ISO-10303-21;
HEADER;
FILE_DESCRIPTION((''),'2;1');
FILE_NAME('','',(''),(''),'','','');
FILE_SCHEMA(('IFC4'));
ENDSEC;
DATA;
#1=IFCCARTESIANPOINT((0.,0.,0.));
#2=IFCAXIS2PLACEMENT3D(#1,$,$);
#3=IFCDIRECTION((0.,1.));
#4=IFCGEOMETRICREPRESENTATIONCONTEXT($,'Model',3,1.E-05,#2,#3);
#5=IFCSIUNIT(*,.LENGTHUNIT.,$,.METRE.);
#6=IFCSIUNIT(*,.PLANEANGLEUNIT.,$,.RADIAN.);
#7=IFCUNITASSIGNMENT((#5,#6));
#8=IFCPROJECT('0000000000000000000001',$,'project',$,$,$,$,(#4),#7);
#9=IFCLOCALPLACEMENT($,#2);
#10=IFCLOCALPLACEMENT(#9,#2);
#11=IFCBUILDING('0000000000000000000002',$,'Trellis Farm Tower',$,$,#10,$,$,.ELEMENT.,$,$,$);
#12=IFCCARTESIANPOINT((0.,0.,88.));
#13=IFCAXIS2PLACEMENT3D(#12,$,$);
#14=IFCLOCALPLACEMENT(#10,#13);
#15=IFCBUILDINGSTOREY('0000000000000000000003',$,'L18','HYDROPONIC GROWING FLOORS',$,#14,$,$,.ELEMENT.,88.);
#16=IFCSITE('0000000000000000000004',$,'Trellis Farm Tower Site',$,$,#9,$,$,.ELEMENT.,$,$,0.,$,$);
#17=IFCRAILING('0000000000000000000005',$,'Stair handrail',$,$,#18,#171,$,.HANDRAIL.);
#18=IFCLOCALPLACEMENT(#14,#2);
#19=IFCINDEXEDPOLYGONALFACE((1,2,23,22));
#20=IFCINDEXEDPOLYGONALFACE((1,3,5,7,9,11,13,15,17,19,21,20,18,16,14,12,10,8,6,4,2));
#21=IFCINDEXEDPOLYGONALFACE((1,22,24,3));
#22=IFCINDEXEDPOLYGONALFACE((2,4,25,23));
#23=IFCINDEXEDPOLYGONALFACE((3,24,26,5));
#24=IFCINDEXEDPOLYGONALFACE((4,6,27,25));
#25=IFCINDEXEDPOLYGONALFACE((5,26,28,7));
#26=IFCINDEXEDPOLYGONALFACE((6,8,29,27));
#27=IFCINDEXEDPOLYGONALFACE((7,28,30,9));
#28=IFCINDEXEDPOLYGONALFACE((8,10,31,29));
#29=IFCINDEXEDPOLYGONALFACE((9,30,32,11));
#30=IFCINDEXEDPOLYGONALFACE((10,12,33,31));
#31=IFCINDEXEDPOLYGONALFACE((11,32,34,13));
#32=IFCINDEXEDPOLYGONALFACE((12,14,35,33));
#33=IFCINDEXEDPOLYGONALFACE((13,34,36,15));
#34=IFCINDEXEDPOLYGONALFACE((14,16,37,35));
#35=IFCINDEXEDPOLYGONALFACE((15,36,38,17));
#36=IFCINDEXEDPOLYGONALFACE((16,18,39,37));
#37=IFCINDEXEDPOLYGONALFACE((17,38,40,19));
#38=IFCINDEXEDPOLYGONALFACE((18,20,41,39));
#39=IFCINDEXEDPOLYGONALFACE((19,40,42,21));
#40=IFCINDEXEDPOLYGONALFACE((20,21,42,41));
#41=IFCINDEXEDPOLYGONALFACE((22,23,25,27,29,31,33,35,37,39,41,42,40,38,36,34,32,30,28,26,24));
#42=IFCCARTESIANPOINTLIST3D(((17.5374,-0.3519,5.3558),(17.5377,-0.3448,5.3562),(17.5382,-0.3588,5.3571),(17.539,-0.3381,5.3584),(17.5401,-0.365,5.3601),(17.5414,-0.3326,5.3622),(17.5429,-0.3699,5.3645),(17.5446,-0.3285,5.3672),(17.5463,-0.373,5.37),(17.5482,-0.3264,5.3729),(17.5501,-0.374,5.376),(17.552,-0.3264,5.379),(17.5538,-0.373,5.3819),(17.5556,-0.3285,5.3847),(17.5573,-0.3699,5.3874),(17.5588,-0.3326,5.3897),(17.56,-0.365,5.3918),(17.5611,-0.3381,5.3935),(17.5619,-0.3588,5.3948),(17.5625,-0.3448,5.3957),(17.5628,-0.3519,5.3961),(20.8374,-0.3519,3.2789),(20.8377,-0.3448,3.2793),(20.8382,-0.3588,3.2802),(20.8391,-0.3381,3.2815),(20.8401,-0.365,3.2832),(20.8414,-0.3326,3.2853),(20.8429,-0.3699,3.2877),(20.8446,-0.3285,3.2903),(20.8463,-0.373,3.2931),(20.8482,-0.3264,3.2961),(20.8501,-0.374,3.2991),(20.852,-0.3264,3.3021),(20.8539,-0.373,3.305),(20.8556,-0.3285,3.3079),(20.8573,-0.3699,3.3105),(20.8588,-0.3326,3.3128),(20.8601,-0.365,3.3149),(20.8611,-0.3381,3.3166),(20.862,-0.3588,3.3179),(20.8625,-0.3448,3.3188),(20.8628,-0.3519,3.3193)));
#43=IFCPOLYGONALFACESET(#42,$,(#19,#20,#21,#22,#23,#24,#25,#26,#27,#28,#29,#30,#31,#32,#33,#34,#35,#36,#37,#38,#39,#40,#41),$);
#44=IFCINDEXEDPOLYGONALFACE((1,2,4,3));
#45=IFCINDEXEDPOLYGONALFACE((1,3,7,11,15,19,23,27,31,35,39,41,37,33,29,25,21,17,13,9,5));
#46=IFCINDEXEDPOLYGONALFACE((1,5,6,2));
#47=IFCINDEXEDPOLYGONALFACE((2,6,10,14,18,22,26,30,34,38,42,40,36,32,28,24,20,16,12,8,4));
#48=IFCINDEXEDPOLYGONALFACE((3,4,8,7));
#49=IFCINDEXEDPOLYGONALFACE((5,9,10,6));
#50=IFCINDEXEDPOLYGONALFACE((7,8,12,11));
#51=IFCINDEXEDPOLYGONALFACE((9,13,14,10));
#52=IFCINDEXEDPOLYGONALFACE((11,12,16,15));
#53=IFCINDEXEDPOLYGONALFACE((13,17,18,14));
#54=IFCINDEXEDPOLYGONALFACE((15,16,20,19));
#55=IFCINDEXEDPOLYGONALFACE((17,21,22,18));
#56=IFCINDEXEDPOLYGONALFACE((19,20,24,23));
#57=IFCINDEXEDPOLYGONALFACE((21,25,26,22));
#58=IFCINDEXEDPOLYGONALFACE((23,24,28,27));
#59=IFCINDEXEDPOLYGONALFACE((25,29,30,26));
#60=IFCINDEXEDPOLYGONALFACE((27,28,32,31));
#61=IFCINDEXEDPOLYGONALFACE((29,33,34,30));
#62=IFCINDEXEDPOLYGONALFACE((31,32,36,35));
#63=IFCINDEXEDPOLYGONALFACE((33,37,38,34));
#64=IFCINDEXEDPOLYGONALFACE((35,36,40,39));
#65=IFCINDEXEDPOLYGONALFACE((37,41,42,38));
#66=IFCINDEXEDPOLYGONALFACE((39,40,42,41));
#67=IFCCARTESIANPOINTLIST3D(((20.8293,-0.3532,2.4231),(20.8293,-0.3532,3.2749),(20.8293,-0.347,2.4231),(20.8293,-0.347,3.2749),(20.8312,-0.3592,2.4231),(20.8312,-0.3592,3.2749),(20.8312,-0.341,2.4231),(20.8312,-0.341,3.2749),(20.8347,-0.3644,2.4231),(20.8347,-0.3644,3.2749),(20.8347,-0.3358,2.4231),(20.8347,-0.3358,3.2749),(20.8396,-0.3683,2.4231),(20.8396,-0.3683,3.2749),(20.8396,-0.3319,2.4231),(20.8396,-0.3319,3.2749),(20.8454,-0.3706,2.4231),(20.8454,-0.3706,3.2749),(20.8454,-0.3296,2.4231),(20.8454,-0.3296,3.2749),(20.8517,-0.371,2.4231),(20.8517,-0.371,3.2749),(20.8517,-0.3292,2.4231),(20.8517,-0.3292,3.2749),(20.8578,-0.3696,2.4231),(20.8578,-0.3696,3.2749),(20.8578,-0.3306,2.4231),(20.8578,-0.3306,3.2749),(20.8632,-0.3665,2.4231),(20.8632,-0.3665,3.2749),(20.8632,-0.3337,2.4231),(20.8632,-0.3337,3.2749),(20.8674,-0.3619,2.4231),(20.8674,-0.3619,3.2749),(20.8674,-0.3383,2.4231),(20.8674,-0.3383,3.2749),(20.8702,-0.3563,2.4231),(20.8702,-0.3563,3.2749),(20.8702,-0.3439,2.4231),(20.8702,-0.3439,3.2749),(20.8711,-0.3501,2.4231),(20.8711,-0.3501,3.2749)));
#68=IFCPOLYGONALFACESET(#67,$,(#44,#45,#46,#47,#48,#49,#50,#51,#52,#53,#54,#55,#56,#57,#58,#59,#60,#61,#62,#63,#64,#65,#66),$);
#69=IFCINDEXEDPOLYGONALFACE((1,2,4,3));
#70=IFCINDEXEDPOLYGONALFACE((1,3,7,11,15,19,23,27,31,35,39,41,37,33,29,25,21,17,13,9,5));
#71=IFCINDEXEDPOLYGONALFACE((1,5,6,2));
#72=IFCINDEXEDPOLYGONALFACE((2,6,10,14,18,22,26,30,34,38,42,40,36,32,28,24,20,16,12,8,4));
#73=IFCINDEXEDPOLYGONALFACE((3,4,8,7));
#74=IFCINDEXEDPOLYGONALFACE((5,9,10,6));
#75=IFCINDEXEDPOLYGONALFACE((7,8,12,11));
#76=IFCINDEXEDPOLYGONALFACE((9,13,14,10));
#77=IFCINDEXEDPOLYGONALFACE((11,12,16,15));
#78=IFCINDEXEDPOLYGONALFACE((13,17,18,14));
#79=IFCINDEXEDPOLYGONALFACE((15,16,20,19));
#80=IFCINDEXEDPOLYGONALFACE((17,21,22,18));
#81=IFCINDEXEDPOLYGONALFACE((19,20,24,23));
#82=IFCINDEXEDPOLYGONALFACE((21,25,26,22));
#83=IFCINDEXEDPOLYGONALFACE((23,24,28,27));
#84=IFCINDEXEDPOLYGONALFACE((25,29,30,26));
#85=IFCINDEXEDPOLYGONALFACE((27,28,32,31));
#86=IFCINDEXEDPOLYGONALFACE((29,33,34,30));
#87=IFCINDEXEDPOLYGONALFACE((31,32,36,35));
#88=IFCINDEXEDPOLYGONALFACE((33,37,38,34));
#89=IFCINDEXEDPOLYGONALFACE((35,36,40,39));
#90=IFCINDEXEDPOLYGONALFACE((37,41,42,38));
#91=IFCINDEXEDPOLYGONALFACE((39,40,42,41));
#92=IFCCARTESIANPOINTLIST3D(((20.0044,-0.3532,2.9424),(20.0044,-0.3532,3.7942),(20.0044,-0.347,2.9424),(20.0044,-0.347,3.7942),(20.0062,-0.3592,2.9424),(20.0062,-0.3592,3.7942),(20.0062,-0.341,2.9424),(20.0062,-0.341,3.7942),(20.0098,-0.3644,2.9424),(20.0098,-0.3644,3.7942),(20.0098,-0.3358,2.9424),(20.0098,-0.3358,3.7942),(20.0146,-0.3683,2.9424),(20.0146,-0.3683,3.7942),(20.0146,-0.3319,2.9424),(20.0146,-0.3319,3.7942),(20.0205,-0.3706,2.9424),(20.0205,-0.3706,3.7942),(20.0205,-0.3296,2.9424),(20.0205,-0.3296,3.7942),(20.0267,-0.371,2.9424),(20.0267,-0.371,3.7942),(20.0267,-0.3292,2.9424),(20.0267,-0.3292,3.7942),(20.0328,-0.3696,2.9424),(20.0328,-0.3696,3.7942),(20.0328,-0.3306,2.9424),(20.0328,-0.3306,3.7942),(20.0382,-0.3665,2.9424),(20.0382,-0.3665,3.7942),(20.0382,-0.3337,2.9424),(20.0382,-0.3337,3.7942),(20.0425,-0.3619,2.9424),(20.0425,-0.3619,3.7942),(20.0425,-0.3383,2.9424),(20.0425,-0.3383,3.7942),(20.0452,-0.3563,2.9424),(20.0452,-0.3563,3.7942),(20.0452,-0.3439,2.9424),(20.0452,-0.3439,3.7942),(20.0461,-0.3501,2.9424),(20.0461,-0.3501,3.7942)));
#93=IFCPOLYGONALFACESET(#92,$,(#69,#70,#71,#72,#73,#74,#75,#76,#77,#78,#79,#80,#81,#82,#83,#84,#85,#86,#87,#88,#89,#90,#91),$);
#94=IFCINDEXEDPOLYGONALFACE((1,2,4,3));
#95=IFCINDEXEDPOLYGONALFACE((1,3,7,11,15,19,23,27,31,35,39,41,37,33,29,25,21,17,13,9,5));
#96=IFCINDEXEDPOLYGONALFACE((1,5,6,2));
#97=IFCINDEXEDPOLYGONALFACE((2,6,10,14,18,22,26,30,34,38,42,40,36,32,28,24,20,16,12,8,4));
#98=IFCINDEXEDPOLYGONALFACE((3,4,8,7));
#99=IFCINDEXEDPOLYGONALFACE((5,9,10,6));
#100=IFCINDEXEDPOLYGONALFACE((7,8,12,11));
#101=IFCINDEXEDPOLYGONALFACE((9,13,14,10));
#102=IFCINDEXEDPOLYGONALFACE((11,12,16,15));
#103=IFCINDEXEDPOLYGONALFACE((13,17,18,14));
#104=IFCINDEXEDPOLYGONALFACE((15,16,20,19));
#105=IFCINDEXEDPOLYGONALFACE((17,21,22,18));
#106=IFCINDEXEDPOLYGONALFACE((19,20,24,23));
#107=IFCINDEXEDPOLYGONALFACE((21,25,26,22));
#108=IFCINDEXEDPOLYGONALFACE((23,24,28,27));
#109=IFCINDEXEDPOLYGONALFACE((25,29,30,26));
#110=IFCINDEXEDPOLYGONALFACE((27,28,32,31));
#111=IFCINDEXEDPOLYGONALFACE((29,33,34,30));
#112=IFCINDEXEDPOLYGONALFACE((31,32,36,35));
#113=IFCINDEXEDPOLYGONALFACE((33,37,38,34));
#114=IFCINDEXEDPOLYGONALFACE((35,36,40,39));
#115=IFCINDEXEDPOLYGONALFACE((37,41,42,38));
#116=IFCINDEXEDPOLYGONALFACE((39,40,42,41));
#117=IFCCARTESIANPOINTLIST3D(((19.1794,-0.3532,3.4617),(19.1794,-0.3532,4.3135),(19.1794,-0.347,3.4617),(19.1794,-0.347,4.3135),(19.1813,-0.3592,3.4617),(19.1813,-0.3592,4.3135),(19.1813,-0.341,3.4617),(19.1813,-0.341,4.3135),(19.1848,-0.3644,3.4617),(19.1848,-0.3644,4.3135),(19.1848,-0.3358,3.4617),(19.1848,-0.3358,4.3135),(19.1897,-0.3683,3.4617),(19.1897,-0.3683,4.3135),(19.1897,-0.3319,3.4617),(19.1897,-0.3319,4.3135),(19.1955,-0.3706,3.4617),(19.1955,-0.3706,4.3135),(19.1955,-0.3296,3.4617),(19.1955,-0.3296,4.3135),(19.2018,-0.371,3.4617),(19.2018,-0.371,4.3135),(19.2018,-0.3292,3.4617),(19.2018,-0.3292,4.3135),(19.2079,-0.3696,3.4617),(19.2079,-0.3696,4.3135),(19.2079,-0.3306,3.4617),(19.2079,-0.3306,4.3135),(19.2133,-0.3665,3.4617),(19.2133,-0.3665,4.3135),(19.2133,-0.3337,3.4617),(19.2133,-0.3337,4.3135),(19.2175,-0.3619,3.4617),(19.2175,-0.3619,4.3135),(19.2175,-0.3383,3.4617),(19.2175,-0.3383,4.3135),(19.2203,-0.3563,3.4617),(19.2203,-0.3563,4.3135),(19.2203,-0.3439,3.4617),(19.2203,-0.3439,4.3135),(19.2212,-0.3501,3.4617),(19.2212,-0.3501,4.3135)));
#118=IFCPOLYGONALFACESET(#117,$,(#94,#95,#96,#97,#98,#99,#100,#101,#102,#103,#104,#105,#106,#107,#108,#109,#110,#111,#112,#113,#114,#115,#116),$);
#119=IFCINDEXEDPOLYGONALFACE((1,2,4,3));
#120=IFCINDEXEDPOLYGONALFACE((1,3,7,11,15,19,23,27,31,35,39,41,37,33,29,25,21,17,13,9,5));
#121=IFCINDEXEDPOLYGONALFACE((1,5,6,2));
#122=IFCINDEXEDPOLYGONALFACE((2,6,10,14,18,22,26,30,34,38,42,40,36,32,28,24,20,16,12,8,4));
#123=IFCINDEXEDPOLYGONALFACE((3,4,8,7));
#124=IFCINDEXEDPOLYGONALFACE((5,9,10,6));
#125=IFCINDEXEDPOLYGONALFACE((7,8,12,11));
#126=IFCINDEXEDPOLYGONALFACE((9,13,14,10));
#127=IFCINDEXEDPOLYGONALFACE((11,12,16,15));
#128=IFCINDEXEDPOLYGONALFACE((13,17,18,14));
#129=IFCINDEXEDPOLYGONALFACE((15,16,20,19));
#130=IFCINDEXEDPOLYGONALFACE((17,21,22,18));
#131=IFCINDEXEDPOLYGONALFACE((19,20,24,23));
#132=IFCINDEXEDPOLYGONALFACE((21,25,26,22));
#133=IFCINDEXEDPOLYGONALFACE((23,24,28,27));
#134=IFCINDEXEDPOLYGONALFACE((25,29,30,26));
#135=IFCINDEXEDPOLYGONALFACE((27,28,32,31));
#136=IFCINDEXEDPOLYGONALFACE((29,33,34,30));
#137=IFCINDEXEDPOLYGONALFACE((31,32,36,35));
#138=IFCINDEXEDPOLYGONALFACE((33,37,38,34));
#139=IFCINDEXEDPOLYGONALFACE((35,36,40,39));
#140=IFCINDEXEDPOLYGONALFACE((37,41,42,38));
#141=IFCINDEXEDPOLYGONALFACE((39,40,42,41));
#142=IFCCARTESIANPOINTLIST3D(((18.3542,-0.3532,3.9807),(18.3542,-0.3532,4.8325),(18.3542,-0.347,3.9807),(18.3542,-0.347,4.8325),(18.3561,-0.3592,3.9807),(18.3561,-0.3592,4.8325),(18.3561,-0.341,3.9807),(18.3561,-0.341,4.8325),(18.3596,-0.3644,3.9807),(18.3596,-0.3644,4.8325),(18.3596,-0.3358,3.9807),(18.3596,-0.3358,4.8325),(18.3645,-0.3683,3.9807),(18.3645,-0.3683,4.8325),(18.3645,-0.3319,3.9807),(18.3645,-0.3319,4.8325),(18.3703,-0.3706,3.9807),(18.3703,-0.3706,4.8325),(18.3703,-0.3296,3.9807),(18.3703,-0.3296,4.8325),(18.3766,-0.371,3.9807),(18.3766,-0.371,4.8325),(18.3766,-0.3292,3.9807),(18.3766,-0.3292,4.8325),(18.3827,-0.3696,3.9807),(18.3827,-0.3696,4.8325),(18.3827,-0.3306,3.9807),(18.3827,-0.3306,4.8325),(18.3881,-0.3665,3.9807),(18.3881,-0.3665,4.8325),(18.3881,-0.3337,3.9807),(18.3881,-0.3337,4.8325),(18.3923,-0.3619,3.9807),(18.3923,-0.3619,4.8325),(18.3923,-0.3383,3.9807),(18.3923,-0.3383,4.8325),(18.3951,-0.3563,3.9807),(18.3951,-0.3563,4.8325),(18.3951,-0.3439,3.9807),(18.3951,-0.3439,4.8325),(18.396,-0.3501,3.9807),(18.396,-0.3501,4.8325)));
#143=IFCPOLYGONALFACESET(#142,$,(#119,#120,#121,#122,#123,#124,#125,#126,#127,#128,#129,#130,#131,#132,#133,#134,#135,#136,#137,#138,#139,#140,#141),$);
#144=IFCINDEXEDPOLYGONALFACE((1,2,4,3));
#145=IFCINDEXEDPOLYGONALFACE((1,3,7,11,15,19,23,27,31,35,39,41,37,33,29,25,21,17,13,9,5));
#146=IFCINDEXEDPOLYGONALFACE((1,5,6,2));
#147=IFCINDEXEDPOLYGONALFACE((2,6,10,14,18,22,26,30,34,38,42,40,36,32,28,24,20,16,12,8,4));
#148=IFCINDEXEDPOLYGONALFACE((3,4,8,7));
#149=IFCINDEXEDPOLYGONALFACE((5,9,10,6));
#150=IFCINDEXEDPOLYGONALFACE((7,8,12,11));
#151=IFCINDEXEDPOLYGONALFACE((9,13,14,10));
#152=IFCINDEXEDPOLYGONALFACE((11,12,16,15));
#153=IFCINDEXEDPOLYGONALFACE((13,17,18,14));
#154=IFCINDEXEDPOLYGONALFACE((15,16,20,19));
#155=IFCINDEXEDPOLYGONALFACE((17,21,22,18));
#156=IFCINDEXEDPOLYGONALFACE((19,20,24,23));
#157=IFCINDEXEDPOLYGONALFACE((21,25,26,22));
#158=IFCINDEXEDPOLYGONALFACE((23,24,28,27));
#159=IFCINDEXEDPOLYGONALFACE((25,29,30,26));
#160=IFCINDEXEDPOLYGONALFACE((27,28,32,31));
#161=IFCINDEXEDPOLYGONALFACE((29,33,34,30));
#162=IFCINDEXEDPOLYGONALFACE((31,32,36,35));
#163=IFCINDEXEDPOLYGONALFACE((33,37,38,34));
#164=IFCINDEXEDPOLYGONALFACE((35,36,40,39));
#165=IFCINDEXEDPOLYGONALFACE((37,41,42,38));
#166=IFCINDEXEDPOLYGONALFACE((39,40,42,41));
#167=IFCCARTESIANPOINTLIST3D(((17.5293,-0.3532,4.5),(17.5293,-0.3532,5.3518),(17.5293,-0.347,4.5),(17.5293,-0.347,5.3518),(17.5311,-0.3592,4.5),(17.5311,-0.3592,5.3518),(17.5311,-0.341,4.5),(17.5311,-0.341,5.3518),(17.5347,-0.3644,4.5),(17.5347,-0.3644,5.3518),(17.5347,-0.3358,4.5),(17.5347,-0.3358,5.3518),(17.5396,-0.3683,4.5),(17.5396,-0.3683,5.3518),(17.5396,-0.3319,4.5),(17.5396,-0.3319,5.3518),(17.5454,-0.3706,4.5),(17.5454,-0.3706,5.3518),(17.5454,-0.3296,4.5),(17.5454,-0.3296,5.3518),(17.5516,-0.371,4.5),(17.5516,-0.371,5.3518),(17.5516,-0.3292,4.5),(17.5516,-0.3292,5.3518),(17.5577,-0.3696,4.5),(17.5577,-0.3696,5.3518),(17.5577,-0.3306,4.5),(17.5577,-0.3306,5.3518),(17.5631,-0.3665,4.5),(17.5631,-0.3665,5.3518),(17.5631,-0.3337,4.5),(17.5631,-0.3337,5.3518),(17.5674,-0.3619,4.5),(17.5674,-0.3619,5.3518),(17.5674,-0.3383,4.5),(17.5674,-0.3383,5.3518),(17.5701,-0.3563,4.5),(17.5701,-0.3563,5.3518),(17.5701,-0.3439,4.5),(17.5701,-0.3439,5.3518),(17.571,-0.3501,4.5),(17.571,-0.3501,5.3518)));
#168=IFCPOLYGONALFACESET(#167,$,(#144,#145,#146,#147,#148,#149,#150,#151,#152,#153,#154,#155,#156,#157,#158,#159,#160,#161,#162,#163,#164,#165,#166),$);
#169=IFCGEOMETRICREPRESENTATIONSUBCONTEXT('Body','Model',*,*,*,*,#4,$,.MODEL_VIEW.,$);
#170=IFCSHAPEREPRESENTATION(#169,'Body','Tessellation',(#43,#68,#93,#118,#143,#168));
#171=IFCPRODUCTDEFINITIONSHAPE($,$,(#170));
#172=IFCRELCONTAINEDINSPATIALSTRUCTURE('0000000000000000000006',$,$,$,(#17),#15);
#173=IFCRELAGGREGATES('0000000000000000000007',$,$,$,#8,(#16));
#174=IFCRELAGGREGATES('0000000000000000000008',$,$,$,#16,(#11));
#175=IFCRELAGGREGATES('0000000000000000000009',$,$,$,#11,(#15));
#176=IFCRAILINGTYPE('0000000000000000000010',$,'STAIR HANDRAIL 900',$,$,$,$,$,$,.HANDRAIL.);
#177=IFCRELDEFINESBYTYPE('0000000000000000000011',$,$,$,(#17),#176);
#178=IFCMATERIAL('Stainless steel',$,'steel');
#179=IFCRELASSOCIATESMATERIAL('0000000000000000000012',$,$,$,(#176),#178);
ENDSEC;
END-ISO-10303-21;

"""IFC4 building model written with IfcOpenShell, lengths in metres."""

from ifc_helpers import new_model, si_unit, direction, frame, origin, origin_2d, place, context, subcontext, project, spatial, circle, extrude, source, transform, mapped, material, type_object, element, save


model = new_model("IFC4")

# Units and contexts
model_context = context("Model", 3, precision=1e-05, world=origin(), true_north=direction((0.0, 1.0)))
body_context = subcontext(model_context, "Body", "Model", "MODEL_VIEW")
ifc_project = project(units=[si_unit("LENGTHUNIT", "METRE"), si_unit("PLANEANGLEUNIT", "RADIAN")], contexts=[model_context])

# Site, building, storey
site_placement = place(None, origin())
site = spatial("IfcSite", under=ifc_project, at=site_placement, Name="Trellis Farm Tower Site", CompositionType="ELEMENT", RefElevation=0.0)
building_placement = place(site_placement, origin())
building = spatial("IfcBuilding", under=site, at=building_placement, Name="Trellis Farm Tower", CompositionType="ELEMENT")
storey_placement = place(building_placement, frame((0.0, 0.0, 88.0)))
storey = spatial("IfcBuildingStorey", under=building, at=storey_placement, Name="L18", Description="HYDROPONIC GROWING FLOORS", CompositionType="ELEMENT", Elevation=88.0)

# Shared definitions
ifc_material_1 = material(Name="Stainless steel", Category="steel")

# Railing
railing_type = type_object("IfcRailingType", Name="STAIR HANDRAIL 900", PredefinedType="HANDRAIL", material=ifc_material_1)
shared_shape_1 = source(origin(), body_context, "Body", "SweptSolid", [
    extrude(circle(Radius=0.0239, at=origin_2d()), frame((0.0, 0.0, 0.876), z_axis=(-0.846337, 0.0, 0.532647), x_axis=(0.0, -1.0, 0.0)), (0.0, 0.0, 1.0), 3.8992),
    extrude(circle(Radius=0.021, at=origin_2d()), origin(), (0.0, 0.0, 1.0), 0.8518),
    extrude(circle(Radius=0.021, at=origin_2d()), frame((-0.825, 0.0, 0.5193)), (0.0, 0.0, 1.0), 0.8518),
    extrude(circle(Radius=0.021, at=origin_2d()), frame((-1.6499, 0.0, 1.0386)), (0.0, 0.0, 1.0), 0.8518),
    extrude(circle(Radius=0.021, at=origin_2d()), frame((-2.4751, 0.0, 1.5576)), (0.0, 0.0, 1.0), 0.8518),
    extrude(circle(Radius=0.021, at=origin_2d()), frame((-3.3, 0.0, 2.0769)), (0.0, 0.0, 1.0), 0.8518),
])
for number, where, name in (
    (1, (20.8501, -0.3501, 2.4231), "Stair handrail"),
):
    element("IfcRailing", number, at=place(storey_placement, frame(where)), inside=storey, type_object=railing_type, Name=name, PredefinedType="HANDRAIL", context=body_context, shape_type="MappedRepresentation", body=[
        mapped(shared_shape_1, transform((0.0, 0.0, 0.0))),
    ])

save(model, "model.ifc")
